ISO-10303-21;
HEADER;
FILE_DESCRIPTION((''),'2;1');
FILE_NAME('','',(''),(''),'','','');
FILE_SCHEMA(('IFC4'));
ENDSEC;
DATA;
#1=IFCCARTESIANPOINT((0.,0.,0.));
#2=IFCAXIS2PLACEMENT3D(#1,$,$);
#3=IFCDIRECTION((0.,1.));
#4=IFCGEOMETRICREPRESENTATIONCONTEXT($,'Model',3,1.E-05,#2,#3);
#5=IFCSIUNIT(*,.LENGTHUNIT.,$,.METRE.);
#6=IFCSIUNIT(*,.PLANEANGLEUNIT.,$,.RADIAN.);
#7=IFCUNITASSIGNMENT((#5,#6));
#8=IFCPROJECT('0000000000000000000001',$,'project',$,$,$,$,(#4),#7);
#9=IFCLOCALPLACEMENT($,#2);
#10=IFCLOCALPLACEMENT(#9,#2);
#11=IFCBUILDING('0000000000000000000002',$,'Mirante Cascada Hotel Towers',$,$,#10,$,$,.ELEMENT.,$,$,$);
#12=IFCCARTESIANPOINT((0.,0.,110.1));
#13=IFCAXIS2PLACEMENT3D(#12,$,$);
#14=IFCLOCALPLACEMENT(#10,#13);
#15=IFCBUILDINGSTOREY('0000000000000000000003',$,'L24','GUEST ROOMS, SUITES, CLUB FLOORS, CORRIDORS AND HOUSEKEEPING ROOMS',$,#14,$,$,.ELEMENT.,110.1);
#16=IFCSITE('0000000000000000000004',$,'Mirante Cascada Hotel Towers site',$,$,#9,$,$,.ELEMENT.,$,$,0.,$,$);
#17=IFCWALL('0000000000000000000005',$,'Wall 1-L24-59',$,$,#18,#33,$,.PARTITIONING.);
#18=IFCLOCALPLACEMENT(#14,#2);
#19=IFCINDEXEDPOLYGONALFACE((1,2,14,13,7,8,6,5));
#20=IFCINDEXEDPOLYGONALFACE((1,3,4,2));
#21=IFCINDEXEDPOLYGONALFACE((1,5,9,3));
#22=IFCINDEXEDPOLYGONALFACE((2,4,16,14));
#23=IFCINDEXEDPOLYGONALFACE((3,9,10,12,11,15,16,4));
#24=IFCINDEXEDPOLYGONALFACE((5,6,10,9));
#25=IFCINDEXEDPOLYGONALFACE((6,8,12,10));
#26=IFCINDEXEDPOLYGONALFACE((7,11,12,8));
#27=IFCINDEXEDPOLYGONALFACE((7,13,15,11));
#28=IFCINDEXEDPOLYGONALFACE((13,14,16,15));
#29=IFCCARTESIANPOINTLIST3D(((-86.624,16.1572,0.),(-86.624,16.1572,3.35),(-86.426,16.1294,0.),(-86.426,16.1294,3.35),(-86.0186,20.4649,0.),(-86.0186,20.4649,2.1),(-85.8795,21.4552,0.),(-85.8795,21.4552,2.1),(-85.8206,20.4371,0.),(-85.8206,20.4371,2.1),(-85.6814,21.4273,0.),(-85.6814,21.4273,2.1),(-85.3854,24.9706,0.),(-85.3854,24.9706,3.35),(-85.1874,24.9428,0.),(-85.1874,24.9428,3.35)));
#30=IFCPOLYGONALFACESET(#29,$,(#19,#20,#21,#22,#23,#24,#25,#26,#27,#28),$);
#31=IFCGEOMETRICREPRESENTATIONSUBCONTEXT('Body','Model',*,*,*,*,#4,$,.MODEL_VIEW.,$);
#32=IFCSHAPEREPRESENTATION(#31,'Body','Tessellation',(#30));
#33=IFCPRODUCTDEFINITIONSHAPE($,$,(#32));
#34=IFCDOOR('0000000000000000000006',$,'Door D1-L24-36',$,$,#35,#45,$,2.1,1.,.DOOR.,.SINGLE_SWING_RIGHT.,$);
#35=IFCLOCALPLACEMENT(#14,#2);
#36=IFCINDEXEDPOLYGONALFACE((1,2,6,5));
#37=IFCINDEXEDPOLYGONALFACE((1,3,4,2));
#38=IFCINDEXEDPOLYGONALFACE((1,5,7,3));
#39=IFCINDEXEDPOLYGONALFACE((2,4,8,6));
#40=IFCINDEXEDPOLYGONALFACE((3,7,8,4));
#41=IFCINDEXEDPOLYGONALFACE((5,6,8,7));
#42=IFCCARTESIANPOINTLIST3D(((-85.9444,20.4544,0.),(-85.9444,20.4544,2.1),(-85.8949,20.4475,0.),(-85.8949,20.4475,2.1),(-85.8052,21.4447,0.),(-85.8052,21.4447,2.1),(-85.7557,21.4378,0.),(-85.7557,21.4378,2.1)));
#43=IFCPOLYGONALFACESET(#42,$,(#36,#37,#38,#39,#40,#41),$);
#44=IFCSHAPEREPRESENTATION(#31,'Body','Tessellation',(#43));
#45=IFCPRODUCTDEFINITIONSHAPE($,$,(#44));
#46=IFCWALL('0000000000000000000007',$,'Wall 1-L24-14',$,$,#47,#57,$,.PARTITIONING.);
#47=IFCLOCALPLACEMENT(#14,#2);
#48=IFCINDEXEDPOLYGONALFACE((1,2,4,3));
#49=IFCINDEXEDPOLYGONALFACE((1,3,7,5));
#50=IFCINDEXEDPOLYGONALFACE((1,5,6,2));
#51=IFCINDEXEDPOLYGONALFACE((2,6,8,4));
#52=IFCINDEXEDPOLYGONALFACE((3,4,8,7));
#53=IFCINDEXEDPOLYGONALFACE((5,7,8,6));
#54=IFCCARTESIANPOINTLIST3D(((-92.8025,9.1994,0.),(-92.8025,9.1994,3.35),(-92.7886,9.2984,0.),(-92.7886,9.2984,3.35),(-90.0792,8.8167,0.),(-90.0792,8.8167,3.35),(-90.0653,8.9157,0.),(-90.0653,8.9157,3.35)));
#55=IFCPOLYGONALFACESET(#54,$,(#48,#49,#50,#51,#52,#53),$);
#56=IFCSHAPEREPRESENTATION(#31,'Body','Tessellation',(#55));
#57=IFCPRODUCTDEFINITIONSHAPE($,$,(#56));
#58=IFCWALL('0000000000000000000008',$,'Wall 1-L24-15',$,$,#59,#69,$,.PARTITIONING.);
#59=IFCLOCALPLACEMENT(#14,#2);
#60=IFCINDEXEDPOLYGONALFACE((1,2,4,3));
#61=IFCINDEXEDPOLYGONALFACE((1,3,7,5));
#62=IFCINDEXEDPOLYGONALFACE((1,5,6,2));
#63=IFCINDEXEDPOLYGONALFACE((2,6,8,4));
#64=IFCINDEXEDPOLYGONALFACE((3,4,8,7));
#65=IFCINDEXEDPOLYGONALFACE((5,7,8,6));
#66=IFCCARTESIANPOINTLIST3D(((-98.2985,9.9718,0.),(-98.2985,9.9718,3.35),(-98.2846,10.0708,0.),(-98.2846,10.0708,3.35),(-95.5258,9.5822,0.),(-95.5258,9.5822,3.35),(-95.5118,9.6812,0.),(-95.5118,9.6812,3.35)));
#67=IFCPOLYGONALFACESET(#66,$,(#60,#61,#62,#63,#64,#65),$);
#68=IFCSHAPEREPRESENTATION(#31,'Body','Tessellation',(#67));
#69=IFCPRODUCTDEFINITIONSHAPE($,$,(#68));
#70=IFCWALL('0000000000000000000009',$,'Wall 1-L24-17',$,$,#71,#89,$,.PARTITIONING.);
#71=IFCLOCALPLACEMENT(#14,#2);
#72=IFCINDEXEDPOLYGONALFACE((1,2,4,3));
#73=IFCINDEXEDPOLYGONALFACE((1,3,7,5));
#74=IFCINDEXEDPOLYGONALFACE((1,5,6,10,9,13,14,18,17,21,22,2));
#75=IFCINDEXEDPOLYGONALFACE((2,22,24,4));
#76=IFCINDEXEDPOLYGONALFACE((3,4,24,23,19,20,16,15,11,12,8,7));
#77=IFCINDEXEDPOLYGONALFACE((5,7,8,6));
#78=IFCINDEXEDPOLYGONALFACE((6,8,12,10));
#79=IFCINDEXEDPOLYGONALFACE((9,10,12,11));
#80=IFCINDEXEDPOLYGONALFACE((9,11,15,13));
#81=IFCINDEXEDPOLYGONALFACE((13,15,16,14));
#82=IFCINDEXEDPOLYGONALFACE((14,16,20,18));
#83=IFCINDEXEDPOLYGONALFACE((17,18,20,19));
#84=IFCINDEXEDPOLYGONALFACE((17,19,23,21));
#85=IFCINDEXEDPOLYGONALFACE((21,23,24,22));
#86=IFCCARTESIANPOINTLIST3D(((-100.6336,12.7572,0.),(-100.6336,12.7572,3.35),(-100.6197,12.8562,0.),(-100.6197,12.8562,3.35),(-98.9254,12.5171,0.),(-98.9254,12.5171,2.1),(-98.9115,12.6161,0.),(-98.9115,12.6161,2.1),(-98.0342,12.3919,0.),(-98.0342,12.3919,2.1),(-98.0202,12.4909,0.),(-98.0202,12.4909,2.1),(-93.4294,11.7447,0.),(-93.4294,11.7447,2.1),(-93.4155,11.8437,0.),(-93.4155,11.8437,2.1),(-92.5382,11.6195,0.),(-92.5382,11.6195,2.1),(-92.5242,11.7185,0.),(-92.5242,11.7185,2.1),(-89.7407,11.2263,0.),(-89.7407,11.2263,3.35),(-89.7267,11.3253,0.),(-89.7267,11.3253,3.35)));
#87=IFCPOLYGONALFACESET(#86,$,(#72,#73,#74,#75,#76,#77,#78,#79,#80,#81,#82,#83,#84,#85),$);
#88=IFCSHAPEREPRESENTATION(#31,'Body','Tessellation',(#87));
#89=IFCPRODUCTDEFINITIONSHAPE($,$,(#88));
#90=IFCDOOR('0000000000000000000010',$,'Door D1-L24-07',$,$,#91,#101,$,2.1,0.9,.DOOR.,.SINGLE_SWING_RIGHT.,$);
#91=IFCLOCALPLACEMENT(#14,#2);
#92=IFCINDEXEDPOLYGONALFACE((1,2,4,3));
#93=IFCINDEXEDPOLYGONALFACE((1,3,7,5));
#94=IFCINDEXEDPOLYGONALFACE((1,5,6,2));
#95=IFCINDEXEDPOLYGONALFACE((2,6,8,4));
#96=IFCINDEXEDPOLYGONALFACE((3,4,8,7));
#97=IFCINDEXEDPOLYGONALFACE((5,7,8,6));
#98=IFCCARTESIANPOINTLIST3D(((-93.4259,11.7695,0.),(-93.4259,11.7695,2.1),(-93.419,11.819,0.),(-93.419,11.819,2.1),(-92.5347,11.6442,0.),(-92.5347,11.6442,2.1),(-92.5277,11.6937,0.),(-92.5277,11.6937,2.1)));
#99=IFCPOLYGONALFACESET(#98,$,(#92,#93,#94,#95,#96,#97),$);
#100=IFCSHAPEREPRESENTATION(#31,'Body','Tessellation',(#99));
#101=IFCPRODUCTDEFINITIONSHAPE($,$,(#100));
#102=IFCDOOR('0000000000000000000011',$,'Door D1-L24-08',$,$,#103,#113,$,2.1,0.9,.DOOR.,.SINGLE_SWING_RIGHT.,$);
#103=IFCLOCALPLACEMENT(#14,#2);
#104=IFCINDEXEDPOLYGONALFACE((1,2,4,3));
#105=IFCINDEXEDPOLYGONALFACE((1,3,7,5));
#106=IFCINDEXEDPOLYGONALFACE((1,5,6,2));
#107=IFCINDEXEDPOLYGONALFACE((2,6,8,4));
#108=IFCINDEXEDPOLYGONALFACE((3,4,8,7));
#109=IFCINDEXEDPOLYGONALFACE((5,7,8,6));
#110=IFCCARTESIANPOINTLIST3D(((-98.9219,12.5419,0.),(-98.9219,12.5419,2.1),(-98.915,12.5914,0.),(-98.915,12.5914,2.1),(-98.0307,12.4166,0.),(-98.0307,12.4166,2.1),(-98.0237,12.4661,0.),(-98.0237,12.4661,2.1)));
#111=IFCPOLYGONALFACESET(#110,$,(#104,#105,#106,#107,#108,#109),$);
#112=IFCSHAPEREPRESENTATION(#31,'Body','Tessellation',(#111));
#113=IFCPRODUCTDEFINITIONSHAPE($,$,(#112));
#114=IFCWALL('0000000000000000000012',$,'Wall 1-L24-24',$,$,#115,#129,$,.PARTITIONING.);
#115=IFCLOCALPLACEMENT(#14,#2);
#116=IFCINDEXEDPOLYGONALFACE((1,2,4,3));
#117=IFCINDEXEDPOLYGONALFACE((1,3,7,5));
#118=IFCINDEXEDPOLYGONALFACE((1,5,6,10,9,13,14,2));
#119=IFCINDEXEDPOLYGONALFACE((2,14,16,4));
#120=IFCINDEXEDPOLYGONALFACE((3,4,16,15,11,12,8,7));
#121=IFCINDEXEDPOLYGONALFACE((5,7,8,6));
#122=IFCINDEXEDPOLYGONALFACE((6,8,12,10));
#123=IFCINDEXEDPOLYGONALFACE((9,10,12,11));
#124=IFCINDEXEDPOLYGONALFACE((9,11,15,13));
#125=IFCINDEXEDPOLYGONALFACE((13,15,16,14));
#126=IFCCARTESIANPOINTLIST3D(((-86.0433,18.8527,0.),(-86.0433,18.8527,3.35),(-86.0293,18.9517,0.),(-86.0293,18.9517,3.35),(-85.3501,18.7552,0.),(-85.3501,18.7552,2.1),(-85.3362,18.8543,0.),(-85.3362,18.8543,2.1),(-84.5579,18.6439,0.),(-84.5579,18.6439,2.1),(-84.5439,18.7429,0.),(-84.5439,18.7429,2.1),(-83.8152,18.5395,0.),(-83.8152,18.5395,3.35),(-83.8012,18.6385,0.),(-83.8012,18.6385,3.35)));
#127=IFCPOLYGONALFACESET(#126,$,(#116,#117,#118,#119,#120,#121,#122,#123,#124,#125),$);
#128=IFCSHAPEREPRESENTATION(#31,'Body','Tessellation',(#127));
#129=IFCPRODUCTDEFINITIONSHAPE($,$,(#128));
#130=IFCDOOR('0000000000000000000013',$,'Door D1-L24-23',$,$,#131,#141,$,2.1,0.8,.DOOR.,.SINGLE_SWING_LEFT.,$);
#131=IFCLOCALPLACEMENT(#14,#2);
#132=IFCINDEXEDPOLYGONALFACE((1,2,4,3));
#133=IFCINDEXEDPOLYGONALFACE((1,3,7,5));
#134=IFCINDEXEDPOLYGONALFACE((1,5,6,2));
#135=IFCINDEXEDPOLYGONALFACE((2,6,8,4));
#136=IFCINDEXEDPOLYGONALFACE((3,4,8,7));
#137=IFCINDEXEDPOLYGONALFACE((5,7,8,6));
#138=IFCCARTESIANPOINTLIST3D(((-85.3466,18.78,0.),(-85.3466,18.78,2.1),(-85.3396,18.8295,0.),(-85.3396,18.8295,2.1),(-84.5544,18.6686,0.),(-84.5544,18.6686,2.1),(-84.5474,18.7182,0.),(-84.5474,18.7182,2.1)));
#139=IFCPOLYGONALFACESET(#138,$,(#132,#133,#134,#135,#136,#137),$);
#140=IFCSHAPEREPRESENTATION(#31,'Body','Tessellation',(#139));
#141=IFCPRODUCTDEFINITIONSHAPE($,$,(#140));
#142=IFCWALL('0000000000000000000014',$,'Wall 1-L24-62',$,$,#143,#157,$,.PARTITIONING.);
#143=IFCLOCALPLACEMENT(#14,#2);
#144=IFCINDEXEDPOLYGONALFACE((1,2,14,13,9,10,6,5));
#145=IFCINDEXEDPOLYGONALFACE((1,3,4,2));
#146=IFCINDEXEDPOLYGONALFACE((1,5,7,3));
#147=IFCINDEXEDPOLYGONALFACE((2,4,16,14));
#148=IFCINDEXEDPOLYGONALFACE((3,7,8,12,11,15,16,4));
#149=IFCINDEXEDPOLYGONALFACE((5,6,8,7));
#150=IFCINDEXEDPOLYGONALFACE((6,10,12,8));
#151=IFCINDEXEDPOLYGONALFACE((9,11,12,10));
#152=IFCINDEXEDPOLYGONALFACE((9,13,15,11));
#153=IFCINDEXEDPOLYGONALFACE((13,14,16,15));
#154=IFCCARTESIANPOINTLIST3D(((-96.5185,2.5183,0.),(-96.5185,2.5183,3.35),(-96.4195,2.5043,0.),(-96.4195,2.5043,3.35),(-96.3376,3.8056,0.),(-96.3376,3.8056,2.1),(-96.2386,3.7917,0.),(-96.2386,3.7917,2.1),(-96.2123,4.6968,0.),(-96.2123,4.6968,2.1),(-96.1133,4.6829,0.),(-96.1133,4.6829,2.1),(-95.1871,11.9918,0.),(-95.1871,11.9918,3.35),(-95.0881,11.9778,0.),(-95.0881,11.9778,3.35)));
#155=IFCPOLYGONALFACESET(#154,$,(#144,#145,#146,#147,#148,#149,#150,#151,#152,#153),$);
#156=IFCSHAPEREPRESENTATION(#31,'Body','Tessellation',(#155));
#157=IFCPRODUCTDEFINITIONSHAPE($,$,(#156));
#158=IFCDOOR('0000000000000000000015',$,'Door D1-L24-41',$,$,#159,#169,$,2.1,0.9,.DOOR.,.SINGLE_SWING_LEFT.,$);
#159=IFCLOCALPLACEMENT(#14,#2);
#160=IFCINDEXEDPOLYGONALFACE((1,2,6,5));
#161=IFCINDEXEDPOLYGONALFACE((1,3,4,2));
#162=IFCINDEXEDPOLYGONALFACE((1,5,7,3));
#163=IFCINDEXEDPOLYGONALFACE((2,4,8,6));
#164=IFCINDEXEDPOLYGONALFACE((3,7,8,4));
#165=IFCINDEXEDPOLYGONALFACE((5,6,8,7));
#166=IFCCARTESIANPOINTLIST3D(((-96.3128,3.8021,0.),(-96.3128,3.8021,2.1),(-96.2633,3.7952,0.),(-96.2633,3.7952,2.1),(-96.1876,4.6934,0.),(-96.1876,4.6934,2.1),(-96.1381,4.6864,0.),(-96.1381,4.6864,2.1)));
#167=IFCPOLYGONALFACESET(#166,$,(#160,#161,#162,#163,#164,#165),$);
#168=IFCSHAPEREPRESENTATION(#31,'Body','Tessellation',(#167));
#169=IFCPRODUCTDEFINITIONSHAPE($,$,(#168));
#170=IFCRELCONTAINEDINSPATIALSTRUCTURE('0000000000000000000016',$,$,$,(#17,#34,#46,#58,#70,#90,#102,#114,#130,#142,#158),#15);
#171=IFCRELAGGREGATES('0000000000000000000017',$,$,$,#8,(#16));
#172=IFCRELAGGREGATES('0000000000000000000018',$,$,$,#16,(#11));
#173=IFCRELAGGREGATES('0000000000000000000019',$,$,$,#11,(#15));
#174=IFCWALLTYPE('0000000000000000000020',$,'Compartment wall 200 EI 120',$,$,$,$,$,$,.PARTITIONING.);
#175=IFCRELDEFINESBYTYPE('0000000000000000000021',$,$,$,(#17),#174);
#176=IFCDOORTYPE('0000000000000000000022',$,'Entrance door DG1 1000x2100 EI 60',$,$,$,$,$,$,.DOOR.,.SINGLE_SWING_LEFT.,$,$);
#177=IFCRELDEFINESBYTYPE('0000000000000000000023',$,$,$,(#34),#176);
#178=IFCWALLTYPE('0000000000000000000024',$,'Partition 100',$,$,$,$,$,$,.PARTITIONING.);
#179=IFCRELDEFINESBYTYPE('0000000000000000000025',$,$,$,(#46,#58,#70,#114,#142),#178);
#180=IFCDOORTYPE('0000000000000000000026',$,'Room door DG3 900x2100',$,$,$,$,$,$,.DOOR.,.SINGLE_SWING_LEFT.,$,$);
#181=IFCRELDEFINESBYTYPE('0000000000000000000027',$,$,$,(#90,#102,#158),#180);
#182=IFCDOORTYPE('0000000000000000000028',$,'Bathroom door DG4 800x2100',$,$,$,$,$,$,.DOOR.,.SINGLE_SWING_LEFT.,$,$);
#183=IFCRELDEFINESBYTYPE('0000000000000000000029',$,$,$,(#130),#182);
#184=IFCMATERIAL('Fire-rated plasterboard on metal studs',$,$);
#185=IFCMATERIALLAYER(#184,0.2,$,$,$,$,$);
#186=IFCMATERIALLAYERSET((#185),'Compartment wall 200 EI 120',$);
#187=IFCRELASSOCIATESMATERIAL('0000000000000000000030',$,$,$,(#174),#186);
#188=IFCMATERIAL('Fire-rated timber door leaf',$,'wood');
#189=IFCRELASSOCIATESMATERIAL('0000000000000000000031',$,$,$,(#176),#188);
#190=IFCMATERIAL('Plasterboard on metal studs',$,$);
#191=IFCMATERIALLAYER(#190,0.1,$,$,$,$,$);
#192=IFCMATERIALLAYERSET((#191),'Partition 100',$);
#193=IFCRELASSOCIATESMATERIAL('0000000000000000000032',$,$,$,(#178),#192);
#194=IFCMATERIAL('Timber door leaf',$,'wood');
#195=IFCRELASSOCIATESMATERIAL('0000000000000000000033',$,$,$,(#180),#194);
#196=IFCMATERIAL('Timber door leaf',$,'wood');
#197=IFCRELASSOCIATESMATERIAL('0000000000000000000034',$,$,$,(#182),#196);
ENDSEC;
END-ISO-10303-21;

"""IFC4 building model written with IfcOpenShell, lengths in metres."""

from ifc_helpers import new_model, si_unit, direction, frame, frame_2d, origin, place, context, subcontext, project, spatial, rectangle, extrude, material, layer, layer_set, type_object, element, fill, save


model = new_model("IFC4")

# Units and contexts
model_context = context("Model", 3, precision=1e-05, world=origin(), true_north=direction((0.0, 1.0)))
body_context = subcontext(model_context, "Body", "Model", "MODEL_VIEW")
ifc_project = project(units=[si_unit("LENGTHUNIT", "METRE"), si_unit("PLANEANGLEUNIT", "RADIAN")], contexts=[model_context])

# Site, building, storey
site_placement = place(None, origin())
site = spatial("IfcSite", under=ifc_project, at=site_placement, Name="Mirante Cascada Hotel Towers site", CompositionType="ELEMENT", RefElevation=0.0)
building_placement = place(site_placement, origin())
building = spatial("IfcBuilding", under=site, at=building_placement, Name="Mirante Cascada Hotel Towers", CompositionType="ELEMENT")
storey_placement = place(building_placement, frame((0.0, 0.0, 110.1)))
storey = spatial("IfcBuildingStorey", under=building, at=storey_placement, Name="L24", Description="GUEST ROOMS, SUITES, CLUB FLOORS, CORRIDORS AND HOUSEKEEPING ROOMS", CompositionType="ELEMENT", Elevation=110.1)

# Shared definitions
ifc_material_1 = material(Name="Fire-rated plasterboard on metal studs")
ifc_layer_1 = layer(ifc_material_1, 0.2)
ifc_layer_set_1 = layer_set([ifc_layer_1], Name="Compartment wall 200 EI 120")
wall_type_1 = type_object("IfcWallType", Name="Compartment wall 200 EI 120", PredefinedType="PARTITIONING", material=ifc_layer_set_1)

# Shared definitions
ifc_material_2 = material(Name="Fire-rated timber door leaf", Category="wood")
door_type_1 = type_object("IfcDoorType", Name="Entrance door DG1 1000x2100 EI 60", OperationType="SINGLE_SWING_LEFT", PredefinedType="DOOR", material=ifc_material_2)

# Wall, opening, door
wall_1_placement = place(storey_placement, frame((-86.525, 16.1433, 0.0), z_axis=(0.0, 0.0, 1.0), x_axis=(0.139168, 0.990269, 0.0)))
wall_1 = element("IfcWall", 1, at=wall_1_placement, inside=storey, type_object=wall_type_1, Name="Wall 1-L24-59", PredefinedType="PARTITIONING", context=body_context, shape_type="SweptSolid", body=[
    extrude(rectangle(XDim=8.9, YDim=0.2, at=frame_2d((4.45, 0.0))), origin(), (0.0, 0.0, 1.0), 3.35),
])
opening_1_placement = place(wall_1_placement, frame((4.35, 0.0, 0.0)))
opening_1 = element("IfcOpeningElement", 2, at=opening_1_placement, cuts=wall_1, PredefinedType="OPENING", context=body_context, shape_type="SweptSolid", body=[
    extrude(rectangle(XDim=1.0, YDim=2.1, at=frame_2d((0.5, 1.05))), frame((0.0, 0.1, 0.0), z_axis=(0.0, -1.0, 0.0), x_axis=(1.0, 0.0, 0.0)), (0.0, 0.0, 1.0), 0.2),
])
door_1_placement = place(opening_1_placement, frame((1.0, 0.0, 0.0), z_axis=(0.0, 0.0, 1.0), x_axis=(-1.0, 0.0, 0.0)))
door_1 = element("IfcDoor", 3, at=door_1_placement, inside=storey, type_object=door_type_1, Name="Door D1-L24-36", OperationType="SINGLE_SWING_RIGHT", OverallHeight=2.1, OverallWidth=1.0, PredefinedType="DOOR", context=body_context, shape_type="SweptSolid", body=[
    extrude(rectangle(XDim=1.0, YDim=2.1, at=frame_2d((0.5, 1.05))), frame((0.0, 0.025, 0.0), z_axis=(0.0, -1.0, 0.0), x_axis=(1.0, 0.0, 0.0)), (0.0, 0.0, 1.0), 0.05),
])
fill(opening_1, door_1)

# Walls
ifc_material_3 = material(Name="Plasterboard on metal studs")
ifc_layer_2 = layer(ifc_material_3, 0.1)
ifc_layer_set_2 = layer_set([ifc_layer_2], Name="Partition 100")
wall_type_2 = type_object("IfcWallType", Name="Partition 100", PredefinedType="PARTITIONING", material=ifc_layer_set_2)
wall_2_placement = place(storey_placement, frame((-92.7956, 9.2489, 0.0), z_axis=(0.0, 0.0, 1.0), x_axis=(0.99027, -0.139161, 0.0)))
element("IfcWall", 4, at=wall_2_placement, inside=storey, type_object=wall_type_2, Name="Wall 1-L24-14", PredefinedType="PARTITIONING", context=body_context, shape_type="SweptSolid", body=[
    extrude(rectangle(XDim=2.7501, YDim=0.1, at=frame_2d((1.3751, 0.0))), origin(), (0.0, 0.0, 1.0), 3.35),
])
wall_3_placement = place(storey_placement, frame((-95.5188, 9.6317, 0.0), z_axis=(0.0, 0.0, 1.0), x_axis=(-0.990273, 0.139141, 0.0)))
element("IfcWall", 5, at=wall_3_placement, inside=storey, type_object=wall_type_2, Name="Wall 1-L24-15", PredefinedType="PARTITIONING", context=body_context, shape_type="SweptSolid", body=[
    extrude(rectangle(XDim=2.8, YDim=0.1, at=frame_2d((1.4, 0.0))), origin(), (0.0, 0.0, 1.0), 3.35),
])

# Wall, openings, doors
wall_4_placement = place(storey_placement, frame((-89.7337, 11.2758, 0.0), z_axis=(0.0, 0.0, 1.0), x_axis=(-0.990268, 0.139173, 0.0)))
wall_4 = element("IfcWall", 6, at=wall_4_placement, inside=storey, type_object=wall_type_2, Name="Wall 1-L24-17", PredefinedType="PARTITIONING", context=body_context, shape_type="SweptSolid", body=[
    extrude(rectangle(XDim=11.0, YDim=0.1, at=frame_2d((5.5, 0.0))), origin(), (0.0, 0.0, 1.0), 3.35),
])
opening_2_placement = place(wall_4_placement, frame((2.825, 0.0, 0.0)))
opening_2 = element("IfcOpeningElement", 7, at=opening_2_placement, cuts=wall_4, PredefinedType="OPENING", context=body_context, shape_type="SweptSolid", body=[
    extrude(rectangle(XDim=0.9, YDim=2.1, at=frame_2d((0.45, 1.05))), frame((0.0, 0.05, 0.0), z_axis=(0.0, -1.0, 0.0), x_axis=(1.0, 0.0, 0.0)), (0.0, 0.0, 1.0), 0.1),
])
opening_3_placement = place(wall_4_placement, frame((8.375, 0.0, 0.0)))
opening_3 = element("IfcOpeningElement", 8, at=opening_3_placement, cuts=wall_4, PredefinedType="OPENING", context=body_context, shape_type="SweptSolid", body=[
    extrude(rectangle(XDim=0.9, YDim=2.1, at=frame_2d((0.45, 1.05))), frame((0.0, 0.05, 0.0), z_axis=(0.0, -1.0, 0.0), x_axis=(1.0, 0.0, 0.0)), (0.0, 0.0, 1.0), 0.1),
])
ifc_material_4 = material(Name="Timber door leaf", Category="wood")
door_type_2 = type_object("IfcDoorType", Name="Room door DG3 900x2100", OperationType="SINGLE_SWING_LEFT", PredefinedType="DOOR", material=ifc_material_4)
door_2_placement = place(opening_2_placement, frame((0.9, 0.0, 0.0), z_axis=(0.0, 0.0, 1.0), x_axis=(-1.0, 0.0, 0.0)))
door_2 = element("IfcDoor", 9, at=door_2_placement, inside=storey, type_object=door_type_2, Name="Door D1-L24-07", OperationType="SINGLE_SWING_RIGHT", OverallHeight=2.1, OverallWidth=0.9, PredefinedType="DOOR", context=body_context, shape_type="SweptSolid", body=[
    extrude(rectangle(XDim=0.9, YDim=2.1, at=frame_2d((0.45, 1.05))), frame((0.0, 0.025, 0.0), z_axis=(0.0, -1.0, 0.0), x_axis=(1.0, 0.0, 0.0)), (0.0, 0.0, 1.0), 0.05),
])
fill(opening_2, door_2)
door_3_placement = place(opening_3_placement, frame((0.9, 0.0, 0.0), z_axis=(0.0, 0.0, 1.0), x_axis=(-1.0, 0.0, 0.0)))
door_3 = element("IfcDoor", 10, at=door_3_placement, inside=storey, type_object=door_type_2, Name="Door D1-L24-08", OperationType="SINGLE_SWING_RIGHT", OverallHeight=2.1, OverallWidth=0.9, PredefinedType="DOOR", context=body_context, shape_type="SweptSolid", body=[
    extrude(rectangle(XDim=0.9, YDim=2.1, at=frame_2d((0.45, 1.05))), frame((0.0, 0.025, 0.0), z_axis=(0.0, -1.0, 0.0), x_axis=(1.0, 0.0, 0.0)), (0.0, 0.0, 1.0), 0.05),
])
fill(opening_3, door_3)

# Walls, openings, doors
wall_5_placement = place(storey_placement, frame((-86.0363, 18.9022, 0.0), z_axis=(0.0, 0.0, 1.0), x_axis=(0.990264, -0.1392, 0.0)))
wall_5 = element("IfcWall", 11, at=wall_5_placement, inside=storey, type_object=wall_type_2, Name="Wall 1-L24-24", PredefinedType="PARTITIONING", context=body_context, shape_type="SweptSolid", body=[
    extrude(rectangle(XDim=2.25, YDim=0.1, at=frame_2d((1.125, 0.0))), origin(), (0.0, 0.0, 1.0), 3.35),
])
opening_4_placement = place(wall_5_placement, frame((0.7, 0.0, 0.0)))
opening_4 = element("IfcOpeningElement", 12, at=opening_4_placement, cuts=wall_5, PredefinedType="OPENING", context=body_context, shape_type="SweptSolid", body=[
    extrude(rectangle(XDim=0.8, YDim=2.1, at=frame_2d((0.4, 1.05))), frame((0.0, 0.05, 0.0), z_axis=(0.0, -1.0, 0.0), x_axis=(1.0, 0.0, 0.0)), (0.0, 0.0, 1.0), 0.1),
])
ifc_material_5 = material(Name="Timber door leaf", Category="wood")
door_type_3 = type_object("IfcDoorType", Name="Bathroom door DG4 800x2100", OperationType="SINGLE_SWING_LEFT", PredefinedType="DOOR", material=ifc_material_5)
door_4_placement = place(opening_4_placement, origin())
door_4 = element("IfcDoor", 13, at=door_4_placement, inside=storey, type_object=door_type_3, Name="Door D1-L24-23", OperationType="SINGLE_SWING_LEFT", OverallHeight=2.1, OverallWidth=0.8, PredefinedType="DOOR", context=body_context, shape_type="SweptSolid", body=[
    extrude(rectangle(XDim=0.8, YDim=2.1, at=frame_2d((0.4, 1.05))), frame((0.0, 0.025, 0.0), z_axis=(0.0, -1.0, 0.0), x_axis=(1.0, 0.0, 0.0)), (0.0, 0.0, 1.0), 0.05),
])
fill(opening_4, door_4)
wall_6_placement = place(storey_placement, frame((-95.1376, 11.9848, 0.0), z_axis=(0.0, 0.0, 1.0), x_axis=(-0.139172, -0.990268, 0.0)))
wall_6 = element("IfcWall", 14, at=wall_6_placement, inside=storey, type_object=wall_type_2, Name="Wall 1-L24-62", PredefinedType="PARTITIONING", context=body_context, shape_type="SweptSolid", body=[
    extrude(rectangle(XDim=9.5666, YDim=0.1, at=frame_2d((4.7833, 0.0))), origin(), (0.0, 0.0, 1.0), 3.35),
])
opening_5_placement = place(wall_6_placement, frame((7.3666, 0.0, 0.0)))
opening_5 = element("IfcOpeningElement", 15, at=opening_5_placement, cuts=wall_6, PredefinedType="OPENING", context=body_context, shape_type="SweptSolid", body=[
    extrude(rectangle(XDim=0.9, YDim=2.1, at=frame_2d((0.45, 1.05))), frame((0.0, 0.05, 0.0), z_axis=(0.0, -1.0, 0.0), x_axis=(1.0, 0.0, 0.0)), (0.0, 0.0, 1.0), 0.1),
])
door_5_placement = place(opening_5_placement, origin())
door_5 = element("IfcDoor", 16, at=door_5_placement, inside=storey, type_object=door_type_2, Name="Door D1-L24-41", OperationType="SINGLE_SWING_LEFT", OverallHeight=2.1, OverallWidth=0.9, PredefinedType="DOOR", context=body_context, shape_type="SweptSolid", body=[
    extrude(rectangle(XDim=0.9, YDim=2.1, at=frame_2d((0.45, 1.05))), frame((0.0, 0.025, 0.0), z_axis=(0.0, -1.0, 0.0), x_axis=(1.0, 0.0, 0.0)), (0.0, 0.0, 1.0), 0.05),
])
fill(opening_5, door_5)

save(model, "model.ifc")
